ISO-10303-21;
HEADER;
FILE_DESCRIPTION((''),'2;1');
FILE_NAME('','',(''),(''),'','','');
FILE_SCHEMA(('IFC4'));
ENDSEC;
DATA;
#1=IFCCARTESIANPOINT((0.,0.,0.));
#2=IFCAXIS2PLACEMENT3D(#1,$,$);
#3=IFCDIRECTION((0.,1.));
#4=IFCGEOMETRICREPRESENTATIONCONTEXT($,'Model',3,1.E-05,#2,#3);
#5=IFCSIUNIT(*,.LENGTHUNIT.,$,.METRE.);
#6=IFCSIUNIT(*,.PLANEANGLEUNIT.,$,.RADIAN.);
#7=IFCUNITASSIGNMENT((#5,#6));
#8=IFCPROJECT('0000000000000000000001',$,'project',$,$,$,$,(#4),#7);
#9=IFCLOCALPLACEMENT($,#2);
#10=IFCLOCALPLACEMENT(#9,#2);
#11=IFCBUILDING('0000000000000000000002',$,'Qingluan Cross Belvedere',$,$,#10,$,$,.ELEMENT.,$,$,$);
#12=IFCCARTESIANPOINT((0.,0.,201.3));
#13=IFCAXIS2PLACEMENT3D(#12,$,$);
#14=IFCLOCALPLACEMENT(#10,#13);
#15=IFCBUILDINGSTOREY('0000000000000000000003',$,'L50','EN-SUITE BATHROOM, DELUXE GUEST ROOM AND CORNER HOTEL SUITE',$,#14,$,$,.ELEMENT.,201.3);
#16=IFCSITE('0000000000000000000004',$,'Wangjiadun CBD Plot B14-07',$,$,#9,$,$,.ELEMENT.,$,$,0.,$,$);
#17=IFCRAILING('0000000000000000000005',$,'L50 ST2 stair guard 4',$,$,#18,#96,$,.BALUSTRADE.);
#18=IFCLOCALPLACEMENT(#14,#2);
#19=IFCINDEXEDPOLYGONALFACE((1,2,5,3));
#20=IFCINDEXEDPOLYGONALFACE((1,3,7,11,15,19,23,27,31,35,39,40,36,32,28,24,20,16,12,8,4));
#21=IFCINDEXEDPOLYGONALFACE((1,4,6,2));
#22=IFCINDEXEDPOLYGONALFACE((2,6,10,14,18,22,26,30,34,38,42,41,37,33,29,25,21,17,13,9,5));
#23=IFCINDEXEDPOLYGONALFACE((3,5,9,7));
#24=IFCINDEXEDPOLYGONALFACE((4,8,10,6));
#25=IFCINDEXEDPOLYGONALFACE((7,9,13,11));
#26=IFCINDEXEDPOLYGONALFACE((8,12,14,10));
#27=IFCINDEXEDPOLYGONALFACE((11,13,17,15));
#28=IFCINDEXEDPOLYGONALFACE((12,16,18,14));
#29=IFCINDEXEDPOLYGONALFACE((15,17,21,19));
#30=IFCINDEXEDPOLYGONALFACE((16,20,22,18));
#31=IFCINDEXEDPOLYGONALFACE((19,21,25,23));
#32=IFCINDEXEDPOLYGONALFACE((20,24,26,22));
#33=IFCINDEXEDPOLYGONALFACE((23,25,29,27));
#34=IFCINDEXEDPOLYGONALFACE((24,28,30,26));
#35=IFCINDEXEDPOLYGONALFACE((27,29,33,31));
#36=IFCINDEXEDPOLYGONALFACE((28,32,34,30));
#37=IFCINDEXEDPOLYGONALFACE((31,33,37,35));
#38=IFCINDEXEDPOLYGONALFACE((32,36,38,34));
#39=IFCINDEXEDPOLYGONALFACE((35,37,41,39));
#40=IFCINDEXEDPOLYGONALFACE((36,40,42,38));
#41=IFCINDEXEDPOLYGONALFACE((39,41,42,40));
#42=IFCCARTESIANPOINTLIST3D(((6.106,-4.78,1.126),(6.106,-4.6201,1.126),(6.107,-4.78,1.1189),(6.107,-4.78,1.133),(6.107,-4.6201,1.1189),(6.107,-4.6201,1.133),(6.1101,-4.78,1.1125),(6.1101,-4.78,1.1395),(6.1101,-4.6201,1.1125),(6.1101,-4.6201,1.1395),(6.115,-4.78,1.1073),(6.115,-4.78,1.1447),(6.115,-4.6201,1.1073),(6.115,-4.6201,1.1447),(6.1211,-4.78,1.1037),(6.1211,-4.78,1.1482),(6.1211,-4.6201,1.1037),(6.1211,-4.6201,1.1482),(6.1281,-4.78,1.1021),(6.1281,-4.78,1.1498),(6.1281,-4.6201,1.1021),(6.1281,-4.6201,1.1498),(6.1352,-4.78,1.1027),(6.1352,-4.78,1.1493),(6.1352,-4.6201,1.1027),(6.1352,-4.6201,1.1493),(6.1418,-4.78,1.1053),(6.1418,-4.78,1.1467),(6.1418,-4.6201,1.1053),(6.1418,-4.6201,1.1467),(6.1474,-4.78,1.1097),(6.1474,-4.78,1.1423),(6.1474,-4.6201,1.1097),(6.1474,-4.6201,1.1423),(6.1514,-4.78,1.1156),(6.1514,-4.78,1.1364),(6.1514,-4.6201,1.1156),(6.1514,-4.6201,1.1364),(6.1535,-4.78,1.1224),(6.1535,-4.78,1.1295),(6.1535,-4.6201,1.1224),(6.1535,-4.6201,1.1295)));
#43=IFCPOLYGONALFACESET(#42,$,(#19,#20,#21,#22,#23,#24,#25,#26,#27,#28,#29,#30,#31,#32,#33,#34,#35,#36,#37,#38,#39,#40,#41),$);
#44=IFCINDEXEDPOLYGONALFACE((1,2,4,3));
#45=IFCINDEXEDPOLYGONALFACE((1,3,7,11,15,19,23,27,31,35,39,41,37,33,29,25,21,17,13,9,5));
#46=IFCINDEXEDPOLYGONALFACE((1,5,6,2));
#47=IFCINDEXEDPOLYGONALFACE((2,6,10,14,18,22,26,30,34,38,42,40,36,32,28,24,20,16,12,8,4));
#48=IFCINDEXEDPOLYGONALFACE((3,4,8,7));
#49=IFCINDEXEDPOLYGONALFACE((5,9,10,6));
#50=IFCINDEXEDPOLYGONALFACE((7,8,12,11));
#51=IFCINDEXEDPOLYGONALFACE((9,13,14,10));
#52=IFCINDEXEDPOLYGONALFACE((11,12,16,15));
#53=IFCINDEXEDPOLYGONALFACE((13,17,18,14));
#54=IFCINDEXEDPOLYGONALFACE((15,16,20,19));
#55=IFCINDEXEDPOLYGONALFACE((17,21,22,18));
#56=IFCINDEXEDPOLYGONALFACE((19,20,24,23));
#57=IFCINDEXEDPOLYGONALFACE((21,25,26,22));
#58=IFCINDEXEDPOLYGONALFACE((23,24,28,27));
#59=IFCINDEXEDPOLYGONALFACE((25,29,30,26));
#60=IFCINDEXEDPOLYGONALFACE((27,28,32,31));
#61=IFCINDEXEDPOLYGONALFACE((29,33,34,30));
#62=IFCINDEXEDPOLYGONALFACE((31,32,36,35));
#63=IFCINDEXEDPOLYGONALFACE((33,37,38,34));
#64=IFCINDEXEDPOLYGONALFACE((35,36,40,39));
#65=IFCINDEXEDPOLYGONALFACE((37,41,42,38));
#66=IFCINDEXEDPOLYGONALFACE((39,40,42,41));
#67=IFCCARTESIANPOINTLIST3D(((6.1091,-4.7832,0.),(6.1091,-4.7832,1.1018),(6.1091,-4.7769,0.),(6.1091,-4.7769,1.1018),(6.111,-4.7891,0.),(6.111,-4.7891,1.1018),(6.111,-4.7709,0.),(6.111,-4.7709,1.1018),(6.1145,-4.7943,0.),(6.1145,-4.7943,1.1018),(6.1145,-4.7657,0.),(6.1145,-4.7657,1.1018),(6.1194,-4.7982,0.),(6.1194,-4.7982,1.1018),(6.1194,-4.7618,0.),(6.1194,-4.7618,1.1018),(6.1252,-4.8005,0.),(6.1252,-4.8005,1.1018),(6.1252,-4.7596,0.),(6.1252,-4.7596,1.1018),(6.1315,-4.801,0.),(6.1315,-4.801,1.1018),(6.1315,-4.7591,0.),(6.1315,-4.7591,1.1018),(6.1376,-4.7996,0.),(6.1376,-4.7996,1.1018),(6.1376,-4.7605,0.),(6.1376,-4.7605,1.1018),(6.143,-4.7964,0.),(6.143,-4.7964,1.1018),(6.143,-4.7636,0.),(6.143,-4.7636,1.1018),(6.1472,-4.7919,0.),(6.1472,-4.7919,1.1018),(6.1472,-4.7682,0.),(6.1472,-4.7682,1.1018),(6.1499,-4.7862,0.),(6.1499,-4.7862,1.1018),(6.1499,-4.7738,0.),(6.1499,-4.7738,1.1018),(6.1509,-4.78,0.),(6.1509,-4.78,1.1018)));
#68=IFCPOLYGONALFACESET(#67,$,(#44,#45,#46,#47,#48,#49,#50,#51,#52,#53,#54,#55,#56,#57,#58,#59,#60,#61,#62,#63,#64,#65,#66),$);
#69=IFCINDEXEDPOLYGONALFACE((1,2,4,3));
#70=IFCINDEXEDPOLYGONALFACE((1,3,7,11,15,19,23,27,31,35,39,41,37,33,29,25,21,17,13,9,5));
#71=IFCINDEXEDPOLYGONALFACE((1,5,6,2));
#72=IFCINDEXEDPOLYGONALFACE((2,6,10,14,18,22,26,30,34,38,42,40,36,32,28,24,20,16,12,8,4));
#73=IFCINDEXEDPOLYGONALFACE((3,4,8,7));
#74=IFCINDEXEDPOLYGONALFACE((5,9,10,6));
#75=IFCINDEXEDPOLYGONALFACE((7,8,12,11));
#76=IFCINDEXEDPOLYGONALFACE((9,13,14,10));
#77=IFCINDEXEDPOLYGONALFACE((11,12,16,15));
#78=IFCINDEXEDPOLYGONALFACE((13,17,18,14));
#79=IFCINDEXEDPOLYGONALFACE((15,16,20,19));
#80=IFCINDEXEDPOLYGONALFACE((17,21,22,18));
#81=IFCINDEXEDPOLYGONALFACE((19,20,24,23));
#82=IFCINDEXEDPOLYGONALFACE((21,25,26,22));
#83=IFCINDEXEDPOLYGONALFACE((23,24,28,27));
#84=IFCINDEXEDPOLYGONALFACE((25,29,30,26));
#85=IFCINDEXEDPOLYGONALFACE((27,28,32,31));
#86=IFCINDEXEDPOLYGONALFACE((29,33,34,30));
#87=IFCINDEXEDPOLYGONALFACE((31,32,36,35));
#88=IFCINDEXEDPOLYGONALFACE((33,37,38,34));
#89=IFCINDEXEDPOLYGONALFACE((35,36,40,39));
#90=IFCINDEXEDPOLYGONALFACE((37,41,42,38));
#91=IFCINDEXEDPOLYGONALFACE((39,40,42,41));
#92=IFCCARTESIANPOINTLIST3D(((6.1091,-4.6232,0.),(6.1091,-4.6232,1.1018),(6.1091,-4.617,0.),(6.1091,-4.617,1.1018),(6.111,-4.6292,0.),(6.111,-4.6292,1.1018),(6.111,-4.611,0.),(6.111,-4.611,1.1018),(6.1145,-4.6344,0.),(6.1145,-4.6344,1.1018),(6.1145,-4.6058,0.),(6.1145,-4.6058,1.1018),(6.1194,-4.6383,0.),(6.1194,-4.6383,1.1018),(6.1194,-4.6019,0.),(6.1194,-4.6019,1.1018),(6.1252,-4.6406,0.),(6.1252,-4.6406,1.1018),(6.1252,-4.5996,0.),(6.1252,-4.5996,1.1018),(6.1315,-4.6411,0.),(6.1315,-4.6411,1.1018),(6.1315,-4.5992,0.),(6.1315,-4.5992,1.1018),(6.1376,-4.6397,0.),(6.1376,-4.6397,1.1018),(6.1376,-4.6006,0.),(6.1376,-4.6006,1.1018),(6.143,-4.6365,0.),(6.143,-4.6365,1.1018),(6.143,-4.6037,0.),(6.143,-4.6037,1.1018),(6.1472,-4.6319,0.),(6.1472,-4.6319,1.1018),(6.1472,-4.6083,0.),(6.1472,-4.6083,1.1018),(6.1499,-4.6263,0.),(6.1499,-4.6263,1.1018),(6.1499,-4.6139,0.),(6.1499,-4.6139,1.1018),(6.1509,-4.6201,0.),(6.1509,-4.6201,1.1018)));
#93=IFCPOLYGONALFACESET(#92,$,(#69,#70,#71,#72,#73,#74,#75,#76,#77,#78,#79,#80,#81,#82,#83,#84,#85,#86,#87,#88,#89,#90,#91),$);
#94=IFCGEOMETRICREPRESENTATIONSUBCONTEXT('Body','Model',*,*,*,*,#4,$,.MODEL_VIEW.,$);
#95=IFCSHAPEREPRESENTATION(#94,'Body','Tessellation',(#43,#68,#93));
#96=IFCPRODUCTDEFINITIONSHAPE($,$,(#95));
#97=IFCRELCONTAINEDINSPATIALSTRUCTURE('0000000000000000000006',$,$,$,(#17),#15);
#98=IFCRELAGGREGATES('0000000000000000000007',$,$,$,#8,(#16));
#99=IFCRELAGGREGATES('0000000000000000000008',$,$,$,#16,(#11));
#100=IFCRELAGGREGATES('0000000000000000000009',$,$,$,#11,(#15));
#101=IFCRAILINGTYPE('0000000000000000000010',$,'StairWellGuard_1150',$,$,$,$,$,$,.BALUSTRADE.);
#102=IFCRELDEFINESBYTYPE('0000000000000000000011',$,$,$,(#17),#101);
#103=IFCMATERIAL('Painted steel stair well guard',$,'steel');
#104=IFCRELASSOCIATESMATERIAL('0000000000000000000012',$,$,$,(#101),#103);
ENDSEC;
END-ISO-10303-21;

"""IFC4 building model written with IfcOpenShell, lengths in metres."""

from ifc_helpers import new_model, si_unit, direction, frame, origin, origin_2d, place, context, subcontext, project, spatial, circle, extrude, material, type_object, element, save


model = new_model("IFC4")

# Units and contexts
model_context = context("Model", 3, precision=1e-05, world=origin(), true_north=direction((0.0, 1.0)))
body_context = subcontext(model_context, "Body", "Model", "MODEL_VIEW")
ifc_project = project(units=[si_unit("LENGTHUNIT", "METRE"), si_unit("PLANEANGLEUNIT", "RADIAN")], contexts=[model_context])

# Site, building, storey
site_placement = place(None, origin())
site = spatial("IfcSite", under=ifc_project, at=site_placement, Name="Wangjiadun CBD Plot B14-07", CompositionType="ELEMENT", RefElevation=0.0)
building_placement = place(site_placement, origin())
building = spatial("IfcBuilding", under=site, at=building_placement, Name="Qingluan Cross Belvedere", CompositionType="ELEMENT")
storey_placement = place(building_placement, frame((0.0, 0.0, 201.3)))
storey = spatial("IfcBuildingStorey", under=building, at=storey_placement, Name="L50", Description="EN-SUITE BATHROOM, DELUXE GUEST ROOM AND CORNER HOTEL SUITE", CompositionType="ELEMENT", Elevation=201.3)

# Railing
ifc_material_1 = material(Name="Painted steel stair well guard", Category="steel")
railing_type_1 = type_object("IfcRailingType", Name="StairWellGuard_1150", PredefinedType="BALUSTRADE", material=ifc_material_1)
railing_1_placement = place(storey_placement, frame((6.1299, -4.78, 0.0)))
element("IfcRailing", 1, at=railing_1_placement, inside=storey, type_object=railing_type_1, Name="L50 ST2 stair guard 4", PredefinedType="BALUSTRADE", context=body_context, shape_type="SweptSolid", body=[
    extrude(circle(Radius=0.0239, at=origin_2d()), frame((0.0, 0.0, 1.126), z_axis=(0.0, 1.0, 0.0), x_axis=(-1.0, 0.0, 0.0)), (0.0, 0.0, 1.0), 0.1599),
    extrude(circle(Radius=0.021, at=origin_2d()), origin(), (0.0, 0.0, 1.0), 1.1018),
    extrude(circle(Radius=0.021, at=origin_2d()), frame((0.0, 0.1599, 0.0)), (0.0, 0.0, 1.0), 1.1018),
])

save(model, "model.ifc")
